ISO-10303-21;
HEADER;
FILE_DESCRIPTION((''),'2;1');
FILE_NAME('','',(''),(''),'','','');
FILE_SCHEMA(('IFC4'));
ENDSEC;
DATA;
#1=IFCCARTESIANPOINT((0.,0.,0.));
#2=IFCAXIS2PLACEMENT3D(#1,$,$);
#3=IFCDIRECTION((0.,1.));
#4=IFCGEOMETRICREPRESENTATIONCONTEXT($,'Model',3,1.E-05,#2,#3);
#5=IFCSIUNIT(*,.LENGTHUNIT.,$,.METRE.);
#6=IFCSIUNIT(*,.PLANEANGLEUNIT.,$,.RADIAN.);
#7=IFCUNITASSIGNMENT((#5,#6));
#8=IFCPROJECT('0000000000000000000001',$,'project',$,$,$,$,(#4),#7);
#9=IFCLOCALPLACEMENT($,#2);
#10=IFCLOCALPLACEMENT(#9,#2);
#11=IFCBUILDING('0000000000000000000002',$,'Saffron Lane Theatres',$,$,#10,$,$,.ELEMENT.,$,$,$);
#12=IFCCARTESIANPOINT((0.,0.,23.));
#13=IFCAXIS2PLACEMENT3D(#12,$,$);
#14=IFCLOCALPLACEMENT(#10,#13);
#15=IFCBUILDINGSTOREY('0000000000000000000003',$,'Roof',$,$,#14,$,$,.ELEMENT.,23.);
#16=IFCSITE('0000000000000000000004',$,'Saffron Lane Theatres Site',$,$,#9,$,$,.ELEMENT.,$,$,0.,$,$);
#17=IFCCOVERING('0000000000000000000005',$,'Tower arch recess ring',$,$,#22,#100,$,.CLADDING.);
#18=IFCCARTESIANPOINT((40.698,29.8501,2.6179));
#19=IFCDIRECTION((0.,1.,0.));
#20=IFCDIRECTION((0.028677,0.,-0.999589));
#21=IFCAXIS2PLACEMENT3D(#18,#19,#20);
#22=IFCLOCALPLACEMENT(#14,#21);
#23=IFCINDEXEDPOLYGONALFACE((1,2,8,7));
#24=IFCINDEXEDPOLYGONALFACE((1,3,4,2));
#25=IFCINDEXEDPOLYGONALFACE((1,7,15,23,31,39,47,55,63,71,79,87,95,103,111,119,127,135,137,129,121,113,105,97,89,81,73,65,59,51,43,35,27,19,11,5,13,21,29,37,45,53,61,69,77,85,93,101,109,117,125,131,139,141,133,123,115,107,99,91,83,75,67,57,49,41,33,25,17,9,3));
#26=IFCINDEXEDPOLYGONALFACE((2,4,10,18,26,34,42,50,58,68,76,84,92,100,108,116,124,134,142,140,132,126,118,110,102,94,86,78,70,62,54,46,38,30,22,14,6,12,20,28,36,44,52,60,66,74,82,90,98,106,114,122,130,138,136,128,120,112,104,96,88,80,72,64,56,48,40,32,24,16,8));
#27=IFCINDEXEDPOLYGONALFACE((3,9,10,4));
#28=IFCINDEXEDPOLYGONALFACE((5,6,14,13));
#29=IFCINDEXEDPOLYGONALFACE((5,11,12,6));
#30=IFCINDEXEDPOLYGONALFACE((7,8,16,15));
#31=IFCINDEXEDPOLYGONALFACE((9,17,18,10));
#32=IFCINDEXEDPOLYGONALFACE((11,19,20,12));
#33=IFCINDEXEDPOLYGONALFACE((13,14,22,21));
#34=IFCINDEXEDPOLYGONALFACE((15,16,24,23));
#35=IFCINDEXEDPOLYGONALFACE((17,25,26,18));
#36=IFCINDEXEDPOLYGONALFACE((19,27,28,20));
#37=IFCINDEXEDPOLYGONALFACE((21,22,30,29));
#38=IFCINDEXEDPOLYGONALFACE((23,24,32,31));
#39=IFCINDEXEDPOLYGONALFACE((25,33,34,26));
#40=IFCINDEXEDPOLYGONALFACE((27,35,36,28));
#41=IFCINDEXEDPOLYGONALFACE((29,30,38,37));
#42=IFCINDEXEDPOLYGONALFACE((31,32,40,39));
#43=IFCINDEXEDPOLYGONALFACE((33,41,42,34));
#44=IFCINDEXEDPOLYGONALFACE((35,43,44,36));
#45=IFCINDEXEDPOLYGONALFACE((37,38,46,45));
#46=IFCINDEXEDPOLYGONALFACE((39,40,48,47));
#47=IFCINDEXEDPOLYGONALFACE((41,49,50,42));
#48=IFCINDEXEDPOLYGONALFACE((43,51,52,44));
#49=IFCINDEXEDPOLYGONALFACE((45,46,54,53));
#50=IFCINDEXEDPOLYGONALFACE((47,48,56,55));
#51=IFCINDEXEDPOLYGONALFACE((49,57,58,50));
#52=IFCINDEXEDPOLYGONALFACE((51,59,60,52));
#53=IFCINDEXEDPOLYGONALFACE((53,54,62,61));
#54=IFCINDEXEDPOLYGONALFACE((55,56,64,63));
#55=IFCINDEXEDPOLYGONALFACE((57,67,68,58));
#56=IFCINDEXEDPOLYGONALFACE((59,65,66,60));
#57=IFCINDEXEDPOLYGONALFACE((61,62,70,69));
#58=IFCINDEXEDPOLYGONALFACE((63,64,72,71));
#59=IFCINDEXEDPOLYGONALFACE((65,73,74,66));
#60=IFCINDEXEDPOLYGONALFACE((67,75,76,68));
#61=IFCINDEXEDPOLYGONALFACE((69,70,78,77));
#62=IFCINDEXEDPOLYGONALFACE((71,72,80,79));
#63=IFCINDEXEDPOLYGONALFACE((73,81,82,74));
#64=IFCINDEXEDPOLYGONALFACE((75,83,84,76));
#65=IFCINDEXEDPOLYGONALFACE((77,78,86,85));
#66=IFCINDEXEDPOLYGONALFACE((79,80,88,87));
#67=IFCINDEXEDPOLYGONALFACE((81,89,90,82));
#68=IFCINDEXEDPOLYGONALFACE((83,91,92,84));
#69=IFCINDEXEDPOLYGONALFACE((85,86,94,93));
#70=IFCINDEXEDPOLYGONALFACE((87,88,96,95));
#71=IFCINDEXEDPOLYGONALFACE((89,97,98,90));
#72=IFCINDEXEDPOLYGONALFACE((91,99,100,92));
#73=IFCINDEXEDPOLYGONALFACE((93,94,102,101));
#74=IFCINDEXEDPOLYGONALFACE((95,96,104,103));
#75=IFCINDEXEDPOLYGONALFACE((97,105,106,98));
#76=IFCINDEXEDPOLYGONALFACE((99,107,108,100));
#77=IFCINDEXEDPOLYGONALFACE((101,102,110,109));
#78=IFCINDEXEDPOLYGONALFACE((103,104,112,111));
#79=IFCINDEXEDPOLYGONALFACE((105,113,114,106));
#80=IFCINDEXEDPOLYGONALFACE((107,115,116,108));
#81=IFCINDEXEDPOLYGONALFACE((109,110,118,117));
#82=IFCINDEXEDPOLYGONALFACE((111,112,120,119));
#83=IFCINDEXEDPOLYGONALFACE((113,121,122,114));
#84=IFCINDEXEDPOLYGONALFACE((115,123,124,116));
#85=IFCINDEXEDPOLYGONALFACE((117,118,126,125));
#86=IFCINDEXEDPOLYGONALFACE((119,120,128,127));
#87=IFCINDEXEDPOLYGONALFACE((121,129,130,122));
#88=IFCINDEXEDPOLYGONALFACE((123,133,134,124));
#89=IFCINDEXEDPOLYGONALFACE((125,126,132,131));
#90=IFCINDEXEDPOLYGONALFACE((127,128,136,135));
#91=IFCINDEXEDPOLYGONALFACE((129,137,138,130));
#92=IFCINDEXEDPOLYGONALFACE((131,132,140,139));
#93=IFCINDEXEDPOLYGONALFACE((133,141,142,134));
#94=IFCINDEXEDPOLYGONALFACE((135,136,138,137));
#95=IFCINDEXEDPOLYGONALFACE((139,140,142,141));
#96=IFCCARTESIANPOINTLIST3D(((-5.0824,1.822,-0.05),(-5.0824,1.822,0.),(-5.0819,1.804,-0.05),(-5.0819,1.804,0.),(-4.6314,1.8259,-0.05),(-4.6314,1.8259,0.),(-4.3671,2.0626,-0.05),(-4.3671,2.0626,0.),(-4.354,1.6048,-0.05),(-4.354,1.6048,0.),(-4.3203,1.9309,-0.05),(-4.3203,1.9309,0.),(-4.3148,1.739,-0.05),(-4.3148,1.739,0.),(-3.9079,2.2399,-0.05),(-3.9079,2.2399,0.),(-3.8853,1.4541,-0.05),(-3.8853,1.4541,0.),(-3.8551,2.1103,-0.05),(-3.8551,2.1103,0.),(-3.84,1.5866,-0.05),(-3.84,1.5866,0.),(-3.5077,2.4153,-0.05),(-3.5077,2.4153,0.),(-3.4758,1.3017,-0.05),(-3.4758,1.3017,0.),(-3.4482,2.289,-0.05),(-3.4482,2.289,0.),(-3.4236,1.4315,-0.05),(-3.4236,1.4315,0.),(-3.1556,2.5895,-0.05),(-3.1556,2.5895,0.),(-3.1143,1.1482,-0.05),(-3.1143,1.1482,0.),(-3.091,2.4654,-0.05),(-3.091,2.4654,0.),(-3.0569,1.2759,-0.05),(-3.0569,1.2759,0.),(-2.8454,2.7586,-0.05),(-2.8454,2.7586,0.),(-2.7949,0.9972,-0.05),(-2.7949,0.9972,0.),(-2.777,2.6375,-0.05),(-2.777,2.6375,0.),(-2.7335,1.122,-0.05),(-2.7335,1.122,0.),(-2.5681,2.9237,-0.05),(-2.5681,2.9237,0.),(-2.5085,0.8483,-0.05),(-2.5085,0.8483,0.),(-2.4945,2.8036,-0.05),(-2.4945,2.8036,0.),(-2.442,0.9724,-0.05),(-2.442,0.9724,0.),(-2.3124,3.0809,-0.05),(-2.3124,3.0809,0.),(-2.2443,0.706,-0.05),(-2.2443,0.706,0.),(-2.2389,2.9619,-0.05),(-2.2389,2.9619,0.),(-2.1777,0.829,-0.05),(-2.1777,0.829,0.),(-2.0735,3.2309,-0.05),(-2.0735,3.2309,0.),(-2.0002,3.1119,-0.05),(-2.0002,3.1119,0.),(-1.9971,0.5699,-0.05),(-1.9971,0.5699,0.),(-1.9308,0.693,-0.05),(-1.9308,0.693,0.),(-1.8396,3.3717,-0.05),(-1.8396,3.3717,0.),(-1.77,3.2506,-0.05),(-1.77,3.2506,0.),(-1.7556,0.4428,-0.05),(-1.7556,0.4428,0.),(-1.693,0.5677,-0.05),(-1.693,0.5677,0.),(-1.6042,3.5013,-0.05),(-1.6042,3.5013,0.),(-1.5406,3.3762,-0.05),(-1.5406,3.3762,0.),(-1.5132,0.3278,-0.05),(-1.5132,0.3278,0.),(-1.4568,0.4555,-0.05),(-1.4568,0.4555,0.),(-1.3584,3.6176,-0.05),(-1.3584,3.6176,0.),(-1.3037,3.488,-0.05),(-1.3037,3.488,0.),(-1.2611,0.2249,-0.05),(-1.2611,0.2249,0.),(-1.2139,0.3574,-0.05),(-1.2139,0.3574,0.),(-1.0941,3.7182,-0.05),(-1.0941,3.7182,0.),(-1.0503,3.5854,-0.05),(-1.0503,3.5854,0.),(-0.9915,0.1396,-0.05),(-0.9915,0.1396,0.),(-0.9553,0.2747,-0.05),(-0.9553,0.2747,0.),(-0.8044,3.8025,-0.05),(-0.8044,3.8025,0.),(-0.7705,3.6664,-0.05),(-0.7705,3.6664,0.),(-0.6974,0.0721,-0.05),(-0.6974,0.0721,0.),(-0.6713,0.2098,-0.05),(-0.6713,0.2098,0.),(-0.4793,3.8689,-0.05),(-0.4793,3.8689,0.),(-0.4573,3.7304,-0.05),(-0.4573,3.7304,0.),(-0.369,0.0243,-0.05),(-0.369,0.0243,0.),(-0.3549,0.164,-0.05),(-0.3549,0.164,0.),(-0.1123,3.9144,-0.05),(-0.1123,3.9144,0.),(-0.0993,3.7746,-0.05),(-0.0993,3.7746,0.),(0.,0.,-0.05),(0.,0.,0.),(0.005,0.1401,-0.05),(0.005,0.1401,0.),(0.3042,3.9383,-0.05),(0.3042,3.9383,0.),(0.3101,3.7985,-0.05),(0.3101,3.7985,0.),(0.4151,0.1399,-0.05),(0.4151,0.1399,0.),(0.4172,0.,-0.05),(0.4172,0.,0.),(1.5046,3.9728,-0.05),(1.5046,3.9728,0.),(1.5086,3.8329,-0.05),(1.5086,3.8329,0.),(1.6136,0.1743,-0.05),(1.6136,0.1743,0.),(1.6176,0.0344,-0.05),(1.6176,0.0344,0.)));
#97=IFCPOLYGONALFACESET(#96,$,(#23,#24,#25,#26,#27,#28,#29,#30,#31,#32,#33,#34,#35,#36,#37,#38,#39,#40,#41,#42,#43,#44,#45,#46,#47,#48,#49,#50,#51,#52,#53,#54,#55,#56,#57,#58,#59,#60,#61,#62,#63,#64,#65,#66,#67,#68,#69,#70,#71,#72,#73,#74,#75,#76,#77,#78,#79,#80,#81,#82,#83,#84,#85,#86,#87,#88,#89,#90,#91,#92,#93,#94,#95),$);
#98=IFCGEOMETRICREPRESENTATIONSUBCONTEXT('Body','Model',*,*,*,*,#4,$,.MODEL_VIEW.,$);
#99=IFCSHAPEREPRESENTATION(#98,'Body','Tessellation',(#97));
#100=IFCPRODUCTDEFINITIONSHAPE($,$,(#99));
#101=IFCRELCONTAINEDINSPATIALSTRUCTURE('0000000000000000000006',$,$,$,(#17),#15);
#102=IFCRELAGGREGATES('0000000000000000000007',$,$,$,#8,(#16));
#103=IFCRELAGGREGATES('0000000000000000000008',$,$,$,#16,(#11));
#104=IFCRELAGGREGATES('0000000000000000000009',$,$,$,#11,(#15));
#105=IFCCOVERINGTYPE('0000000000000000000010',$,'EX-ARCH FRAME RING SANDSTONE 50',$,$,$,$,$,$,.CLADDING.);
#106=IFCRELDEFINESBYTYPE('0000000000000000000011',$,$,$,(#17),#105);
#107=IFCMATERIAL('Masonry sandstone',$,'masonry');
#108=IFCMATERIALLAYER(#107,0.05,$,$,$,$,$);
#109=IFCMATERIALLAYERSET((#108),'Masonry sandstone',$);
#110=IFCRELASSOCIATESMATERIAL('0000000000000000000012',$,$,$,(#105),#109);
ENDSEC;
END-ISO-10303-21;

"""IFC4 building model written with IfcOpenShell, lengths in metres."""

from ifc_helpers import new_model, si_unit, direction, frame, origin, place, context, subcontext, project, spatial, polyline, outline, extrude, material, layer, layer_set, type_object, element, save


model = new_model("IFC4")

# Units and contexts
model_context = context("Model", 3, precision=1e-05, world=origin(), true_north=direction((0.0, 1.0)))
body_context = subcontext(model_context, "Body", "Model", "MODEL_VIEW")
ifc_project = project(units=[si_unit("LENGTHUNIT", "METRE"), si_unit("PLANEANGLEUNIT", "RADIAN")], contexts=[model_context])

# Site, building, storey
site_placement = place(None, origin())
site = spatial("IfcSite", under=ifc_project, at=site_placement, Name="Saffron Lane Theatres Site", CompositionType="ELEMENT", RefElevation=0.0)
building_placement = place(site_placement, origin())
building = spatial("IfcBuilding", under=site, at=building_placement, Name="Saffron Lane Theatres", CompositionType="ELEMENT")
storey_placement = place(building_placement, frame((0.0, 0.0, 23.0)))
storey = spatial("IfcBuildingStorey", under=building, at=storey_placement, Name="Roof", CompositionType="ELEMENT", Elevation=23.0)

# Covering
ifc_material_1 = material(Name="Masonry sandstone", Category="masonry")
ifc_layer_1 = layer(ifc_material_1, 0.05)
ifc_layer_set_1 = layer_set([ifc_layer_1], Name="Masonry sandstone")
covering_type_1 = type_object("IfcCoveringType", Name="EX-ARCH FRAME RING SANDSTONE 50", PredefinedType="CLADDING", material=ifc_layer_set_1)
covering_1_placement = place(storey_placement, frame((40.698, 29.8501, 2.6179), z_axis=(0.0, 1.0, 0.0), x_axis=(0.028677, 0.0, -0.999589)))
element("IfcCovering", 1, at=covering_1_placement, inside=storey, type_object=covering_type_1, Name="Tower arch recess ring", PredefinedType="CLADDING", context=body_context, shape_type="SweptSolid", body=[
    extrude(outline(polyline([(0.0, 0.0), (0.4172, 0.0), (1.6176, 0.0344), (1.6136, 0.1743), (0.4151, 0.1399), (0.005, 0.1401), (-0.3549, 0.164), (-0.6713, 0.2098), (-0.9553, 0.2747), (-1.2139, 0.3574), (-1.4568, 0.4555), (-1.693, 0.5677), (-1.9308, 0.693), (-2.1777, 0.829), (-2.442, 0.9724), (-2.7335, 1.122), (-3.0569, 1.2759), (-3.4236, 1.4315), (-3.84, 1.5866), (-4.3148, 1.739), (-4.6314, 1.8259), (-4.3203, 1.9309), (-3.8551, 2.1103), (-3.4482, 2.289), (-3.091, 2.4654), (-2.777, 2.6375), (-2.4945, 2.8036), (-2.2389, 2.9619), (-2.0002, 3.1119), (-1.77, 3.2506), (-1.5406, 3.3762), (-1.3037, 3.488), (-1.0503, 3.5854), (-0.7705, 3.6664), (-0.4573, 3.7304), (-0.0993, 3.7746), (0.3101, 3.7985), (1.5086, 3.8329), (1.5046, 3.9728), (0.3042, 3.9383), (-0.1123, 3.9144), (-0.4793, 3.8689), (-0.8044, 3.8025), (-1.0941, 3.7182), (-1.3584, 3.6176), (-1.6042, 3.5013), (-1.8396, 3.3717), (-2.0735, 3.2309), (-2.3124, 3.0809), (-2.5681, 2.9237), (-2.8454, 2.7586), (-3.1556, 2.5895), (-3.5077, 2.4153), (-3.9079, 2.2399), (-4.3671, 2.0626), (-5.0824, 1.822), (-5.0819, 1.804), (-4.354, 1.6048), (-3.8853, 1.4541), (-3.4758, 1.3017), (-3.1143, 1.1482), (-2.7949, 0.9972), (-2.5085, 0.8483), (-2.2443, 0.706), (-1.9971, 0.5699), (-1.7556, 0.4428), (-1.5132, 0.3278), (-1.2611, 0.2249), (-0.9915, 0.1396), (-0.6974, 0.0721), (-0.369, 0.0243), (0.0, 0.0)])), origin(), (0.0, 0.0, -1.0), 0.05),
])

save(model, "model.ifc")
